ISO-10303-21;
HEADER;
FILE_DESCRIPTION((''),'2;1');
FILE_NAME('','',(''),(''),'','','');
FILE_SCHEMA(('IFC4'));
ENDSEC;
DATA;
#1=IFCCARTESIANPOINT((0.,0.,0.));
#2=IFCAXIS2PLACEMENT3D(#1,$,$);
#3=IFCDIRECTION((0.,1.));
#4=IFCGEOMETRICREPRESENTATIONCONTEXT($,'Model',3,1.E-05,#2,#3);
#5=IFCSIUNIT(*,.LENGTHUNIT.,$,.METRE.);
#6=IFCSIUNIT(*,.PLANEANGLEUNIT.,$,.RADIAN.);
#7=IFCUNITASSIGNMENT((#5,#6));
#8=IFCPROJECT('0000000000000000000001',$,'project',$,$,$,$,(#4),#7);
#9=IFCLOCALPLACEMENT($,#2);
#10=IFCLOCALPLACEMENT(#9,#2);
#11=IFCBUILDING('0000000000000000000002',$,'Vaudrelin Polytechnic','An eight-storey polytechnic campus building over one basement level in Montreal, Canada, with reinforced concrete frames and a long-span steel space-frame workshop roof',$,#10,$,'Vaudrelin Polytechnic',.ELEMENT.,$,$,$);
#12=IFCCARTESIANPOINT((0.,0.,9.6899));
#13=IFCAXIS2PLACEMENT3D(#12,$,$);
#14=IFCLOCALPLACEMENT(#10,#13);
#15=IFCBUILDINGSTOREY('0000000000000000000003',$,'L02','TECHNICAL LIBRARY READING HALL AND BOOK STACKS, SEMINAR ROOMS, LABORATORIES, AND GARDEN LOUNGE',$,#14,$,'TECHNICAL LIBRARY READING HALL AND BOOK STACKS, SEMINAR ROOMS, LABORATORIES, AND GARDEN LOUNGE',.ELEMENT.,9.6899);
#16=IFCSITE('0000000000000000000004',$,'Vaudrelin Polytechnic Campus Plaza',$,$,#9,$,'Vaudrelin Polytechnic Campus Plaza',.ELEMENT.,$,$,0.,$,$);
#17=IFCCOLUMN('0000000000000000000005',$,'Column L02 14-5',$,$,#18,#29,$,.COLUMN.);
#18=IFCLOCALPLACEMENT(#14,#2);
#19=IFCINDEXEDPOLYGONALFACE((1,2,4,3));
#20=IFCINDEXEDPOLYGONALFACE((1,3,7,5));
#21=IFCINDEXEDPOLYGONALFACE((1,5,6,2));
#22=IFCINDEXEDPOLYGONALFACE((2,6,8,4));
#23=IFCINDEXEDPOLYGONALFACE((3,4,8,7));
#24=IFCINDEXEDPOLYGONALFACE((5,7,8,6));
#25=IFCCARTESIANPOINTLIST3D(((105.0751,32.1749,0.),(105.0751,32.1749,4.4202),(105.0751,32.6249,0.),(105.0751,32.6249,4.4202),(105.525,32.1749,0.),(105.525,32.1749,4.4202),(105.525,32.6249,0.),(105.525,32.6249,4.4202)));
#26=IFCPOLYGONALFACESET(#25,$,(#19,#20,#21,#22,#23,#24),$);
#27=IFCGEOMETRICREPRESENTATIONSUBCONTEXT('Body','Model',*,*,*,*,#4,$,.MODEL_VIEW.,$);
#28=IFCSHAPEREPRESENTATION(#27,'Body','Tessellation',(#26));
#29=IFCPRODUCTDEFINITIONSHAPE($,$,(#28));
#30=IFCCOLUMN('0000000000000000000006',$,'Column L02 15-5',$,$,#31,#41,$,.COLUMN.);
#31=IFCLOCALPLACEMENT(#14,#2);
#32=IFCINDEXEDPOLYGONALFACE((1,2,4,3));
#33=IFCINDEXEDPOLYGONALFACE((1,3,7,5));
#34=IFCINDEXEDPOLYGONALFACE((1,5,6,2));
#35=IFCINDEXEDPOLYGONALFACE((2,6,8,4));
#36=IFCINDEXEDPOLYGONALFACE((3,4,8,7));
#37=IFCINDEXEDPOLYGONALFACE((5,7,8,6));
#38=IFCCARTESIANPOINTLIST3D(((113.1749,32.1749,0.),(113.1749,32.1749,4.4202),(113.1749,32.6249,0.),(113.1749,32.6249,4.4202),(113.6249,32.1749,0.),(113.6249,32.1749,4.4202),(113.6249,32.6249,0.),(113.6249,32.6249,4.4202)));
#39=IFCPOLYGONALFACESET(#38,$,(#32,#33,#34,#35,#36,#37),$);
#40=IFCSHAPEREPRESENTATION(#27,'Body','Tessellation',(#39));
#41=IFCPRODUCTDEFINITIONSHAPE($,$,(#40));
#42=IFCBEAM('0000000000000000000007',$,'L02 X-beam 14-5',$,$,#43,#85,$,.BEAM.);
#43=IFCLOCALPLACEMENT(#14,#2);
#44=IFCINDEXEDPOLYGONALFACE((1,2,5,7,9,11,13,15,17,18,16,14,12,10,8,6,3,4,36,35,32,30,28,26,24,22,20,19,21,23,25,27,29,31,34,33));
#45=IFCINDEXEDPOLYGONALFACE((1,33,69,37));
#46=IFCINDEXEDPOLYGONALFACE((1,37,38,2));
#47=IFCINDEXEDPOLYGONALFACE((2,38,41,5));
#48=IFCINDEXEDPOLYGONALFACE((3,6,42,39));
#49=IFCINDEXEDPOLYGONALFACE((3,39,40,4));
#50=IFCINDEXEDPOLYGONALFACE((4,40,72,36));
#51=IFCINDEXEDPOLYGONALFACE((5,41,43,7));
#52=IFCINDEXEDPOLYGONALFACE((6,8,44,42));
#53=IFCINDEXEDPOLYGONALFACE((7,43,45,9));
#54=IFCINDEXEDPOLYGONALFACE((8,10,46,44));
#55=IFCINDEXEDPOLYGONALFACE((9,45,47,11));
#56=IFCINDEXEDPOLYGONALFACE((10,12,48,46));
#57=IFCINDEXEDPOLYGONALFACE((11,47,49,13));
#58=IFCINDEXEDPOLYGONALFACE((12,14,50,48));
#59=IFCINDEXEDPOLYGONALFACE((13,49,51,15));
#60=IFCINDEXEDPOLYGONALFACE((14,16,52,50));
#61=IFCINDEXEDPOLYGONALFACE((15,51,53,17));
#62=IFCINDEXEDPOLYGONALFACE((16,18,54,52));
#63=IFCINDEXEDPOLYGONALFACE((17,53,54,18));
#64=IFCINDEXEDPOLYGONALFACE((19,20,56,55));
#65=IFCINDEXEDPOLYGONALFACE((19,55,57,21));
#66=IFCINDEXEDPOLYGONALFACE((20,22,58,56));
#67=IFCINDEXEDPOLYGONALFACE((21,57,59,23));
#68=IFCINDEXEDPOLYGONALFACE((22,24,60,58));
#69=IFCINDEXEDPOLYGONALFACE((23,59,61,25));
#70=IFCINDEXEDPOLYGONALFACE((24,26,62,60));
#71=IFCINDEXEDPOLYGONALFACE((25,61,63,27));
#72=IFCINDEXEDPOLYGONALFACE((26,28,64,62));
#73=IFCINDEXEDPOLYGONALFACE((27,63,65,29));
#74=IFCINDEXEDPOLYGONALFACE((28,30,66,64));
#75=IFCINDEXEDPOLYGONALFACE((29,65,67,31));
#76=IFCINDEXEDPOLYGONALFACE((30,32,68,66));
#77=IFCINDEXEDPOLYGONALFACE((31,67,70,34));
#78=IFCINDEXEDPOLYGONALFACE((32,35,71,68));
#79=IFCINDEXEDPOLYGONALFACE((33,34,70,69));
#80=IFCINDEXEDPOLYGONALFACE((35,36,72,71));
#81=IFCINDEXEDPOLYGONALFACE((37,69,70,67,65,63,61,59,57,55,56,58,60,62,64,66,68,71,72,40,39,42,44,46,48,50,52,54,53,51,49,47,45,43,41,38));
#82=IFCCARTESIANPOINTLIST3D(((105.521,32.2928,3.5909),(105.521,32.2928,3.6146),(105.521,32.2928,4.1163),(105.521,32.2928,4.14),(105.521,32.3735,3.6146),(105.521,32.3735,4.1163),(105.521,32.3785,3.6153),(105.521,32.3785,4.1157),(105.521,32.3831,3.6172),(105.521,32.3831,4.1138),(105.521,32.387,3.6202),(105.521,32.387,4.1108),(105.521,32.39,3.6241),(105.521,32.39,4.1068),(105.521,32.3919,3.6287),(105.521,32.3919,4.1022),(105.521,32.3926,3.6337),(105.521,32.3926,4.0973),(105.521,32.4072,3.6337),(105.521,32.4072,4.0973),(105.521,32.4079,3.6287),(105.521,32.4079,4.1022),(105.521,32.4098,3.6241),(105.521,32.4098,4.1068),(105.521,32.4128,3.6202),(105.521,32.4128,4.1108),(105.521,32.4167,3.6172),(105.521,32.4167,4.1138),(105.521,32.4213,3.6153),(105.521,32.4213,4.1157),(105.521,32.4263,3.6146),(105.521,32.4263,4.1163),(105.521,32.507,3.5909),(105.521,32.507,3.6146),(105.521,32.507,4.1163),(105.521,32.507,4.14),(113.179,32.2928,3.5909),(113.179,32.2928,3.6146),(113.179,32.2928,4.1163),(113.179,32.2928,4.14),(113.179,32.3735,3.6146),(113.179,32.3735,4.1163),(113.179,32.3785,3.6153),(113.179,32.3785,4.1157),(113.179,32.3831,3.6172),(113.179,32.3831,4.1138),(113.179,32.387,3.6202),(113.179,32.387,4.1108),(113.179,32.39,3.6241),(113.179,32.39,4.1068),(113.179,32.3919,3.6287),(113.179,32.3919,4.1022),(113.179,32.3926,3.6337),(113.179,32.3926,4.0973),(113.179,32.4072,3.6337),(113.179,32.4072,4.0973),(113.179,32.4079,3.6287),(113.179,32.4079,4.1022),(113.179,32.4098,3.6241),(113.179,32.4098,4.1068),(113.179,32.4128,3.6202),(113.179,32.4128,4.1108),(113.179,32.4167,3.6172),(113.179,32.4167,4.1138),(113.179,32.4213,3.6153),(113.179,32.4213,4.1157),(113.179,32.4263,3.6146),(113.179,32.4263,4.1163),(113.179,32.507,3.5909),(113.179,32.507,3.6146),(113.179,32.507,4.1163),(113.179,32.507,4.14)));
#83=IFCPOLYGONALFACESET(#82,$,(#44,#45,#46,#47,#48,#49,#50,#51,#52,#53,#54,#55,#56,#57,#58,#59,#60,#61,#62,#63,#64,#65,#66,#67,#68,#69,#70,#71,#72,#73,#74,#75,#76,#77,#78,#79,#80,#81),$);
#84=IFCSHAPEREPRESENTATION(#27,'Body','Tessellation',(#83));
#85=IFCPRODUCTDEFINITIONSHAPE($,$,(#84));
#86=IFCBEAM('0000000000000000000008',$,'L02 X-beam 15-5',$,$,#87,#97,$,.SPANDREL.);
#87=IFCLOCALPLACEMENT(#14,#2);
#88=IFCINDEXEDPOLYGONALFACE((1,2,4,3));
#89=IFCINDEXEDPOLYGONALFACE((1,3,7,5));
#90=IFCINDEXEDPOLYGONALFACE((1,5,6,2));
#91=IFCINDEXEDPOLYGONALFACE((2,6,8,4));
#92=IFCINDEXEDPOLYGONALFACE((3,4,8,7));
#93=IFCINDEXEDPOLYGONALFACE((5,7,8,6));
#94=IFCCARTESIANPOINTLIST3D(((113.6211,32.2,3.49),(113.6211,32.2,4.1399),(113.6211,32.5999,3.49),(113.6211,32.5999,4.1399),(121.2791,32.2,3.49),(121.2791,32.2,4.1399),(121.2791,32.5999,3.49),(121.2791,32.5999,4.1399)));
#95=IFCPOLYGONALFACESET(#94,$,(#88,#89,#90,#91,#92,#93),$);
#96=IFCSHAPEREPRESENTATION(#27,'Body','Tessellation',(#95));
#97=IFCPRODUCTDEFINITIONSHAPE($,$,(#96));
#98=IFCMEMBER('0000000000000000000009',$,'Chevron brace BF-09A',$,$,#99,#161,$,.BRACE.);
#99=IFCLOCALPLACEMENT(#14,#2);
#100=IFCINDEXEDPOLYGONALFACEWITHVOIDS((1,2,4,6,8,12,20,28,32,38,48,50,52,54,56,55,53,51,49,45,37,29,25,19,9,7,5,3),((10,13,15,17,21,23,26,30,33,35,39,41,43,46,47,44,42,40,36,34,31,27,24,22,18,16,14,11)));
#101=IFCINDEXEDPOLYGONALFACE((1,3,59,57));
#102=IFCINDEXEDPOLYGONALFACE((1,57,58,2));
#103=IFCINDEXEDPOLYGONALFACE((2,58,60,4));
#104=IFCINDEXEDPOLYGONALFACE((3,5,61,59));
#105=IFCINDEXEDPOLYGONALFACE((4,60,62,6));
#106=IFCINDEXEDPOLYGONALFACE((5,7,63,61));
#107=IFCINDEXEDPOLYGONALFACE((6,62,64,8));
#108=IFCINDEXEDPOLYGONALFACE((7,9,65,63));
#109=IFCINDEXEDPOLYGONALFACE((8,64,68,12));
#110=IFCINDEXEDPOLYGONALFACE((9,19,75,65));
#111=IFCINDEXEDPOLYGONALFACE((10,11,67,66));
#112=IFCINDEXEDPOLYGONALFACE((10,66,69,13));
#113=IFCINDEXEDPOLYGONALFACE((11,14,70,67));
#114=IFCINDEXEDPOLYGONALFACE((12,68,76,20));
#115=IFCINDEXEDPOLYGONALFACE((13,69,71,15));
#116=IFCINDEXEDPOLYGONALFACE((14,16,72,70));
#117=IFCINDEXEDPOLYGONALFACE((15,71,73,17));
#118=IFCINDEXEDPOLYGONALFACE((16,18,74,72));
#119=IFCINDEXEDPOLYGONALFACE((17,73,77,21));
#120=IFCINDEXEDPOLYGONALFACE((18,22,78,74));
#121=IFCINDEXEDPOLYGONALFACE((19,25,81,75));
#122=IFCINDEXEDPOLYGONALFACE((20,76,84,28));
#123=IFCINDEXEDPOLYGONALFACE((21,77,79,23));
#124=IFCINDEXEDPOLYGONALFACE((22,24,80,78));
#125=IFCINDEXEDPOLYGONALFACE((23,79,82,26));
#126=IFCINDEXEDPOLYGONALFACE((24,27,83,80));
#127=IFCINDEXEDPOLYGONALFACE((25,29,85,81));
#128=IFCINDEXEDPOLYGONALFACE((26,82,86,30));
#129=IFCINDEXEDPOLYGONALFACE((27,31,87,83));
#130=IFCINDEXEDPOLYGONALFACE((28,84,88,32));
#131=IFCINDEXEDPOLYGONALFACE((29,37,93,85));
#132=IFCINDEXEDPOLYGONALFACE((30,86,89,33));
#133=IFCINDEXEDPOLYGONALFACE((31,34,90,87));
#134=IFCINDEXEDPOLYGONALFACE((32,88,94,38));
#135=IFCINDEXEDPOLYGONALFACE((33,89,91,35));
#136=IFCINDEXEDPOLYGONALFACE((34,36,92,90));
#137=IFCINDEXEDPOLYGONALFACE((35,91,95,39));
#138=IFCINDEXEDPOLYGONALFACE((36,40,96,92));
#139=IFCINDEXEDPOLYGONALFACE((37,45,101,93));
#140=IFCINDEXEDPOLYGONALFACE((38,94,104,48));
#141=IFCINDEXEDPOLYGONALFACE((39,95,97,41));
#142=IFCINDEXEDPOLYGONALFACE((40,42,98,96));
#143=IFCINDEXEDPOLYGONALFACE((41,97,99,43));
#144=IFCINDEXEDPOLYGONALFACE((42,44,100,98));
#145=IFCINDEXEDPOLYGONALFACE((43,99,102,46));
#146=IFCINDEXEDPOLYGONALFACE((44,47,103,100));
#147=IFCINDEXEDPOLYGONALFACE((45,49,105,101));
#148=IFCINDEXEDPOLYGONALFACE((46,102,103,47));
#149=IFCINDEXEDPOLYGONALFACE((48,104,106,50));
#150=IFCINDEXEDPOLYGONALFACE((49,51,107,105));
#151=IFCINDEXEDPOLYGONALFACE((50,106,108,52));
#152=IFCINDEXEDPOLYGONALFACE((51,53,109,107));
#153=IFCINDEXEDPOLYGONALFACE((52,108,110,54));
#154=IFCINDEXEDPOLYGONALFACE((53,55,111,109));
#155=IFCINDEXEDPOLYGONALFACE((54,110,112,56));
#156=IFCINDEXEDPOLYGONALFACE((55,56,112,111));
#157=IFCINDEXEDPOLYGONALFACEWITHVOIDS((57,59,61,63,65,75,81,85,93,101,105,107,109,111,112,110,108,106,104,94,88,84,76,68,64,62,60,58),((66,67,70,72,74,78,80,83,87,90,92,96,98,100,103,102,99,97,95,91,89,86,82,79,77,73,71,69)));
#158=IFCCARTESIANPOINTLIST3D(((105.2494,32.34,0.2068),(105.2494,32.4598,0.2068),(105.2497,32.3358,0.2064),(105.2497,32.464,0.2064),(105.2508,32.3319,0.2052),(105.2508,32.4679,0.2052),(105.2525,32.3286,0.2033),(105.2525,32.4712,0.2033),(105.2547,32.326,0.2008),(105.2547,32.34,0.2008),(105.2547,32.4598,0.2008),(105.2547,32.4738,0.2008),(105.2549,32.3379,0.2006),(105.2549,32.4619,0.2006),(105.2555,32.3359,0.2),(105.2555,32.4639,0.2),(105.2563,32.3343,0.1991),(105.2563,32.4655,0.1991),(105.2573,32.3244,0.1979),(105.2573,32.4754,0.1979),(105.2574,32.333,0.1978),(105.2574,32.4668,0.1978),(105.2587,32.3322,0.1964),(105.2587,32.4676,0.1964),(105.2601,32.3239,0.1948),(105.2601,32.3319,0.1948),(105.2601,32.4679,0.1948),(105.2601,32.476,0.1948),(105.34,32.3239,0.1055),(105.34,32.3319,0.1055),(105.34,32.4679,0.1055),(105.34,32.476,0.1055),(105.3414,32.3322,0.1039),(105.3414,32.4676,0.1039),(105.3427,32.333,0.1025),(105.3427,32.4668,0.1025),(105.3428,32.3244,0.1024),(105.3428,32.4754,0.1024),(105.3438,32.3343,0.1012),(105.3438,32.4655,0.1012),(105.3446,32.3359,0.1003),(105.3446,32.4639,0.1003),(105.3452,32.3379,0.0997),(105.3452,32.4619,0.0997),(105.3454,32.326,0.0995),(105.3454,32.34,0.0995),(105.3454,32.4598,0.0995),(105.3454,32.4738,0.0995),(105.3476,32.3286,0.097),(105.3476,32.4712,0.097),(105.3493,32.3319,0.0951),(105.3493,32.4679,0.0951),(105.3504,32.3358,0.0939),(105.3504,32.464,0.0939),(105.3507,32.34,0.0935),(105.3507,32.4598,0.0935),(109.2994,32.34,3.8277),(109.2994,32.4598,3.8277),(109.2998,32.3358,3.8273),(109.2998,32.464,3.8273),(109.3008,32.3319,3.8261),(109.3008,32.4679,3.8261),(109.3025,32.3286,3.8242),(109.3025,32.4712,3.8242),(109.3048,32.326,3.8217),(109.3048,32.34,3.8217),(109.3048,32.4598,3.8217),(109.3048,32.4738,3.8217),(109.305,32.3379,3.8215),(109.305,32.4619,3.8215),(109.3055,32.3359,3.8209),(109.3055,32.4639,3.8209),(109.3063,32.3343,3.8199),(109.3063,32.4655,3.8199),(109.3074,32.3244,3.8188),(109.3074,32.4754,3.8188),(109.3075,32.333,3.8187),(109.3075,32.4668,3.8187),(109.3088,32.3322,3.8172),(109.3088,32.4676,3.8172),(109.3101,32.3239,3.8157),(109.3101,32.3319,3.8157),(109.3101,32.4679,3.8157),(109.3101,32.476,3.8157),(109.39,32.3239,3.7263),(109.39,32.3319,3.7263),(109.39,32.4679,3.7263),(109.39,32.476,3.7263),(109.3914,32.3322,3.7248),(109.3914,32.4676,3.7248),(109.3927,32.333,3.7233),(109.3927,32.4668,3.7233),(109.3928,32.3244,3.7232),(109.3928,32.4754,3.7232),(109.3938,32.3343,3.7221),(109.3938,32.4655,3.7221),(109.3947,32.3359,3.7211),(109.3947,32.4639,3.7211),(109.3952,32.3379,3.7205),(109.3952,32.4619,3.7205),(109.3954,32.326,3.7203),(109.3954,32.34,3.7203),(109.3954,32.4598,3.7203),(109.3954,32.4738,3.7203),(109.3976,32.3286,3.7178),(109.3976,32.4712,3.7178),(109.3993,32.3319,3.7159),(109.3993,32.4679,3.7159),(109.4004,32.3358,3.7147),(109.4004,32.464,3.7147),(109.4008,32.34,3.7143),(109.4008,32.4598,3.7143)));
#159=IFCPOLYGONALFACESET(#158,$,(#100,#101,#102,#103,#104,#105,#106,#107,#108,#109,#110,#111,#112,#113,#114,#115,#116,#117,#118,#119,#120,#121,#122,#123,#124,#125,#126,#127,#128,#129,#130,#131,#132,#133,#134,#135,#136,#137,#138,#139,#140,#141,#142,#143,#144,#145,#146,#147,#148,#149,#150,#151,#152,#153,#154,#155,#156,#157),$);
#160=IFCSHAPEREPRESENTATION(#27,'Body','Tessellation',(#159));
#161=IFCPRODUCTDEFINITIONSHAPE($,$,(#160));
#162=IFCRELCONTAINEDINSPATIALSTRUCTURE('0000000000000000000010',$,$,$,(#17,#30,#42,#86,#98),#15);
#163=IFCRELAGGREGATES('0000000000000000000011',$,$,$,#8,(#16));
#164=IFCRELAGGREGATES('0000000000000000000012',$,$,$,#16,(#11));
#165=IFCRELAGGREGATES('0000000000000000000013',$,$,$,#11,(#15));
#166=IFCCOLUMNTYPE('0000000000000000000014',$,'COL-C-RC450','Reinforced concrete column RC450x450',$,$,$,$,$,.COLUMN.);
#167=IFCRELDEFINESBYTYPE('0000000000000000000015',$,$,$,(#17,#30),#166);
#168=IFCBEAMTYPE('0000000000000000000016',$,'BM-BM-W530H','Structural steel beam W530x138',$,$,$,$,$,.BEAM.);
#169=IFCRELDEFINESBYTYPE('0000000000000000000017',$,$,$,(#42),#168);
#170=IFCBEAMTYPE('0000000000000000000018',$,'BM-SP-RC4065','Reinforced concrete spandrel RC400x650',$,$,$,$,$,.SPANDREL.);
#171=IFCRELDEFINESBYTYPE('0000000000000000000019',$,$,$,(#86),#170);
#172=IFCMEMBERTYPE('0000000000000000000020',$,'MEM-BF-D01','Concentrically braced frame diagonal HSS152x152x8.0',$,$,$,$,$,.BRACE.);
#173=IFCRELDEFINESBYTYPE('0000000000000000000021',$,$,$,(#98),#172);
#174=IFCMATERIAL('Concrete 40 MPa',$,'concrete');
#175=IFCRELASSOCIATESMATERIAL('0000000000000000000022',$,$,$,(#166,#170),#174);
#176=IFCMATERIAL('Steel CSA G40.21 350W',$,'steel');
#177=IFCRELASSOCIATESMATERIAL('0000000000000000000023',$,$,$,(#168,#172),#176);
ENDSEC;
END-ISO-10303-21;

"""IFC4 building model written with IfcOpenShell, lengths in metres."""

from ifc_helpers import new_model, si_unit, direction, frame, origin, origin_2d, place, context, subcontext, project, spatial, rectangle, hollow_rectangle, i_section, extrude, material, material_profile, profile_set, type_object, element, save


model = new_model("IFC4")

# Units and contexts
model_context = context("Model", 3, precision=1e-05, world=origin(), true_north=direction((0.0, 1.0)))
body_context = subcontext(model_context, "Body", "Model", "MODEL_VIEW")
ifc_project = project(units=[si_unit("LENGTHUNIT", "METRE"), si_unit("PLANEANGLEUNIT", "RADIAN")], contexts=[model_context])

# Site, building, storey
site_placement = place(None, origin())
site = spatial("IfcSite", under=ifc_project, at=site_placement, Name="Vaudrelin Polytechnic Campus Plaza", LongName="Vaudrelin Polytechnic Campus Plaza", CompositionType="ELEMENT", RefElevation=0.0)
building_placement = place(site_placement, origin())
building = spatial("IfcBuilding", under=site, at=building_placement, Name="Vaudrelin Polytechnic", Description="An eight-storey polytechnic campus building over one basement level in Montreal, Canada, with reinforced concrete frames and a long-span steel space-frame workshop roof", LongName="Vaudrelin Polytechnic", CompositionType="ELEMENT")
storey_placement = place(building_placement, frame((0.0, 0.0, 9.6899)))
storey = spatial("IfcBuildingStorey", under=building, at=storey_placement, Name="L02", Description="TECHNICAL LIBRARY READING HALL AND BOOK STACKS, SEMINAR ROOMS, LABORATORIES, AND GARDEN LOUNGE", LongName="TECHNICAL LIBRARY READING HALL AND BOOK STACKS, SEMINAR ROOMS, LABORATORIES, AND GARDEN LOUNGE", CompositionType="ELEMENT", Elevation=9.6899)

# Columns
ifc_material_1 = material(Name="Concrete 40 MPa", Category="concrete")
ifc_material_profile_1 = material_profile(ifc_material_1, rectangle(XDim=0.45, YDim=0.45, at=origin_2d()), Name="RC450x450")
ifc_profile_set_1 = profile_set([ifc_material_profile_1], Name="Concrete 40 MPa")
column_type = type_object("IfcColumnType", Name="COL-C-RC450", Description="Reinforced concrete column RC450x450", PredefinedType="COLUMN", material=ifc_profile_set_1)
for number, where, z_axis, x_axis, name in (
    (1, (105.3, 32.3999, 0.0), (0.0, 0.0, 1.0), (1.0, 0.0, 0.0), "Column L02 14-5"),
    (2, (113.3999, 32.3999, 0.0), (0.0, 0.0, 1.0), (1.0, 0.0, 0.0), "Column L02 15-5"),
):
    element("IfcColumn", number, at=place(storey_placement, frame(where, z_axis=z_axis, x_axis=x_axis)), inside=storey, type_object=column_type, Name=name, PredefinedType="COLUMN", context=body_context, shape_type="SweptSolid", body=[
        extrude(rectangle(XDim=0.45, YDim=0.45, at=origin_2d()), origin(), (0.0, 0.0, 1.0), 4.4202),
    ])

# Beams
ifc_material_2 = material(Name="Steel CSA G40.21 350W", Category="steel")
ifc_material_profile_2 = material_profile(ifc_material_2, i_section(OverallWidth=0.2141, OverallDepth=0.5491, WebThickness=0.0146, FlangeThickness=0.0237, FilletRadius=0.019, at=origin_2d()), Name="W530x138")
ifc_profile_set_2 = profile_set([ifc_material_profile_2], Name="Steel CSA G40.21 350W")
beam_type_1 = type_object("IfcBeamType", Name="BM-BM-W530H", Description="Structural steel beam W530x138", PredefinedType="BEAM", material=ifc_profile_set_2)
beam_1_placement = place(storey_placement, frame((105.521, 32.3999, 3.8655), z_axis=(1.0, 0.0, 0.0), x_axis=(0.0, 1.0, 0.0)))
element("IfcBeam", 3, at=beam_1_placement, inside=storey, type_object=beam_type_1, Name="L02 X-beam 14-5", PredefinedType="BEAM", context=body_context, shape_type="SweptSolid", body=[
    extrude(i_section(OverallWidth=0.2141, OverallDepth=0.5491, WebThickness=0.0146, FlangeThickness=0.0237, FilletRadius=0.019, at=origin_2d()), origin(), (0.0, 0.0, 1.0), 7.658),
])
ifc_material_profile_3 = material_profile(ifc_material_1, rectangle(XDim=0.3999, YDim=0.6499, at=origin_2d()), Name="RC400x650")
ifc_profile_set_3 = profile_set([ifc_material_profile_3], Name="Concrete 40 MPa")
beam_type_2 = type_object("IfcBeamType", Name="BM-SP-RC4065", Description="Reinforced concrete spandrel RC400x650", PredefinedType="SPANDREL", material=ifc_profile_set_3)
beam_2_placement = place(storey_placement, frame((113.6211, 32.3999, 3.8149), z_axis=(1.0, 0.0, 0.0), x_axis=(0.0, 1.0, 0.0)))
element("IfcBeam", 4, at=beam_2_placement, inside=storey, type_object=beam_type_2, Name="L02 X-beam 15-5", PredefinedType="SPANDREL", context=body_context, shape_type="SweptSolid", body=[
    extrude(rectangle(XDim=0.3999, YDim=0.6499, at=origin_2d()), origin(), (0.0, 0.0, 1.0), 7.658),
])

# Member
ifc_material_profile_4 = material_profile(ifc_material_2, hollow_rectangle(XDim=0.1521, YDim=0.1521, WallThickness=0.0081, InnerFilletRadius=0.0081, OuterFilletRadius=0.0161, at=origin_2d()), Name="HSS152x152x8.0")
ifc_profile_set_4 = profile_set([ifc_material_profile_4], Name="Steel CSA G40.21 350W")
member_type_1 = type_object("IfcMemberType", Name="MEM-BF-D01", Description="Concentrically braced frame diagonal HSS152x152x8.0", PredefinedType="BRACE", material=ifc_profile_set_4)
member_1_placement = place(storey_placement, frame((105.3, 32.3999, 0.1501), z_axis=(0.745505, 0.0, 0.666501), x_axis=(0.0, 1.0, 0.0)))
element("IfcMember", 5, at=member_1_placement, inside=storey, type_object=member_type_1, Name="Chevron brace BF-09A", PredefinedType="BRACE", context=body_context, shape_type="SweptSolid", body=[
    extrude(hollow_rectangle(XDim=0.1521, YDim=0.1521, WallThickness=0.0081, InnerFilletRadius=0.0081, OuterFilletRadius=0.0161, at=origin_2d()), origin(), (0.0, 0.0, 1.0), 5.4326),
])

save(model, "model.ifc")
